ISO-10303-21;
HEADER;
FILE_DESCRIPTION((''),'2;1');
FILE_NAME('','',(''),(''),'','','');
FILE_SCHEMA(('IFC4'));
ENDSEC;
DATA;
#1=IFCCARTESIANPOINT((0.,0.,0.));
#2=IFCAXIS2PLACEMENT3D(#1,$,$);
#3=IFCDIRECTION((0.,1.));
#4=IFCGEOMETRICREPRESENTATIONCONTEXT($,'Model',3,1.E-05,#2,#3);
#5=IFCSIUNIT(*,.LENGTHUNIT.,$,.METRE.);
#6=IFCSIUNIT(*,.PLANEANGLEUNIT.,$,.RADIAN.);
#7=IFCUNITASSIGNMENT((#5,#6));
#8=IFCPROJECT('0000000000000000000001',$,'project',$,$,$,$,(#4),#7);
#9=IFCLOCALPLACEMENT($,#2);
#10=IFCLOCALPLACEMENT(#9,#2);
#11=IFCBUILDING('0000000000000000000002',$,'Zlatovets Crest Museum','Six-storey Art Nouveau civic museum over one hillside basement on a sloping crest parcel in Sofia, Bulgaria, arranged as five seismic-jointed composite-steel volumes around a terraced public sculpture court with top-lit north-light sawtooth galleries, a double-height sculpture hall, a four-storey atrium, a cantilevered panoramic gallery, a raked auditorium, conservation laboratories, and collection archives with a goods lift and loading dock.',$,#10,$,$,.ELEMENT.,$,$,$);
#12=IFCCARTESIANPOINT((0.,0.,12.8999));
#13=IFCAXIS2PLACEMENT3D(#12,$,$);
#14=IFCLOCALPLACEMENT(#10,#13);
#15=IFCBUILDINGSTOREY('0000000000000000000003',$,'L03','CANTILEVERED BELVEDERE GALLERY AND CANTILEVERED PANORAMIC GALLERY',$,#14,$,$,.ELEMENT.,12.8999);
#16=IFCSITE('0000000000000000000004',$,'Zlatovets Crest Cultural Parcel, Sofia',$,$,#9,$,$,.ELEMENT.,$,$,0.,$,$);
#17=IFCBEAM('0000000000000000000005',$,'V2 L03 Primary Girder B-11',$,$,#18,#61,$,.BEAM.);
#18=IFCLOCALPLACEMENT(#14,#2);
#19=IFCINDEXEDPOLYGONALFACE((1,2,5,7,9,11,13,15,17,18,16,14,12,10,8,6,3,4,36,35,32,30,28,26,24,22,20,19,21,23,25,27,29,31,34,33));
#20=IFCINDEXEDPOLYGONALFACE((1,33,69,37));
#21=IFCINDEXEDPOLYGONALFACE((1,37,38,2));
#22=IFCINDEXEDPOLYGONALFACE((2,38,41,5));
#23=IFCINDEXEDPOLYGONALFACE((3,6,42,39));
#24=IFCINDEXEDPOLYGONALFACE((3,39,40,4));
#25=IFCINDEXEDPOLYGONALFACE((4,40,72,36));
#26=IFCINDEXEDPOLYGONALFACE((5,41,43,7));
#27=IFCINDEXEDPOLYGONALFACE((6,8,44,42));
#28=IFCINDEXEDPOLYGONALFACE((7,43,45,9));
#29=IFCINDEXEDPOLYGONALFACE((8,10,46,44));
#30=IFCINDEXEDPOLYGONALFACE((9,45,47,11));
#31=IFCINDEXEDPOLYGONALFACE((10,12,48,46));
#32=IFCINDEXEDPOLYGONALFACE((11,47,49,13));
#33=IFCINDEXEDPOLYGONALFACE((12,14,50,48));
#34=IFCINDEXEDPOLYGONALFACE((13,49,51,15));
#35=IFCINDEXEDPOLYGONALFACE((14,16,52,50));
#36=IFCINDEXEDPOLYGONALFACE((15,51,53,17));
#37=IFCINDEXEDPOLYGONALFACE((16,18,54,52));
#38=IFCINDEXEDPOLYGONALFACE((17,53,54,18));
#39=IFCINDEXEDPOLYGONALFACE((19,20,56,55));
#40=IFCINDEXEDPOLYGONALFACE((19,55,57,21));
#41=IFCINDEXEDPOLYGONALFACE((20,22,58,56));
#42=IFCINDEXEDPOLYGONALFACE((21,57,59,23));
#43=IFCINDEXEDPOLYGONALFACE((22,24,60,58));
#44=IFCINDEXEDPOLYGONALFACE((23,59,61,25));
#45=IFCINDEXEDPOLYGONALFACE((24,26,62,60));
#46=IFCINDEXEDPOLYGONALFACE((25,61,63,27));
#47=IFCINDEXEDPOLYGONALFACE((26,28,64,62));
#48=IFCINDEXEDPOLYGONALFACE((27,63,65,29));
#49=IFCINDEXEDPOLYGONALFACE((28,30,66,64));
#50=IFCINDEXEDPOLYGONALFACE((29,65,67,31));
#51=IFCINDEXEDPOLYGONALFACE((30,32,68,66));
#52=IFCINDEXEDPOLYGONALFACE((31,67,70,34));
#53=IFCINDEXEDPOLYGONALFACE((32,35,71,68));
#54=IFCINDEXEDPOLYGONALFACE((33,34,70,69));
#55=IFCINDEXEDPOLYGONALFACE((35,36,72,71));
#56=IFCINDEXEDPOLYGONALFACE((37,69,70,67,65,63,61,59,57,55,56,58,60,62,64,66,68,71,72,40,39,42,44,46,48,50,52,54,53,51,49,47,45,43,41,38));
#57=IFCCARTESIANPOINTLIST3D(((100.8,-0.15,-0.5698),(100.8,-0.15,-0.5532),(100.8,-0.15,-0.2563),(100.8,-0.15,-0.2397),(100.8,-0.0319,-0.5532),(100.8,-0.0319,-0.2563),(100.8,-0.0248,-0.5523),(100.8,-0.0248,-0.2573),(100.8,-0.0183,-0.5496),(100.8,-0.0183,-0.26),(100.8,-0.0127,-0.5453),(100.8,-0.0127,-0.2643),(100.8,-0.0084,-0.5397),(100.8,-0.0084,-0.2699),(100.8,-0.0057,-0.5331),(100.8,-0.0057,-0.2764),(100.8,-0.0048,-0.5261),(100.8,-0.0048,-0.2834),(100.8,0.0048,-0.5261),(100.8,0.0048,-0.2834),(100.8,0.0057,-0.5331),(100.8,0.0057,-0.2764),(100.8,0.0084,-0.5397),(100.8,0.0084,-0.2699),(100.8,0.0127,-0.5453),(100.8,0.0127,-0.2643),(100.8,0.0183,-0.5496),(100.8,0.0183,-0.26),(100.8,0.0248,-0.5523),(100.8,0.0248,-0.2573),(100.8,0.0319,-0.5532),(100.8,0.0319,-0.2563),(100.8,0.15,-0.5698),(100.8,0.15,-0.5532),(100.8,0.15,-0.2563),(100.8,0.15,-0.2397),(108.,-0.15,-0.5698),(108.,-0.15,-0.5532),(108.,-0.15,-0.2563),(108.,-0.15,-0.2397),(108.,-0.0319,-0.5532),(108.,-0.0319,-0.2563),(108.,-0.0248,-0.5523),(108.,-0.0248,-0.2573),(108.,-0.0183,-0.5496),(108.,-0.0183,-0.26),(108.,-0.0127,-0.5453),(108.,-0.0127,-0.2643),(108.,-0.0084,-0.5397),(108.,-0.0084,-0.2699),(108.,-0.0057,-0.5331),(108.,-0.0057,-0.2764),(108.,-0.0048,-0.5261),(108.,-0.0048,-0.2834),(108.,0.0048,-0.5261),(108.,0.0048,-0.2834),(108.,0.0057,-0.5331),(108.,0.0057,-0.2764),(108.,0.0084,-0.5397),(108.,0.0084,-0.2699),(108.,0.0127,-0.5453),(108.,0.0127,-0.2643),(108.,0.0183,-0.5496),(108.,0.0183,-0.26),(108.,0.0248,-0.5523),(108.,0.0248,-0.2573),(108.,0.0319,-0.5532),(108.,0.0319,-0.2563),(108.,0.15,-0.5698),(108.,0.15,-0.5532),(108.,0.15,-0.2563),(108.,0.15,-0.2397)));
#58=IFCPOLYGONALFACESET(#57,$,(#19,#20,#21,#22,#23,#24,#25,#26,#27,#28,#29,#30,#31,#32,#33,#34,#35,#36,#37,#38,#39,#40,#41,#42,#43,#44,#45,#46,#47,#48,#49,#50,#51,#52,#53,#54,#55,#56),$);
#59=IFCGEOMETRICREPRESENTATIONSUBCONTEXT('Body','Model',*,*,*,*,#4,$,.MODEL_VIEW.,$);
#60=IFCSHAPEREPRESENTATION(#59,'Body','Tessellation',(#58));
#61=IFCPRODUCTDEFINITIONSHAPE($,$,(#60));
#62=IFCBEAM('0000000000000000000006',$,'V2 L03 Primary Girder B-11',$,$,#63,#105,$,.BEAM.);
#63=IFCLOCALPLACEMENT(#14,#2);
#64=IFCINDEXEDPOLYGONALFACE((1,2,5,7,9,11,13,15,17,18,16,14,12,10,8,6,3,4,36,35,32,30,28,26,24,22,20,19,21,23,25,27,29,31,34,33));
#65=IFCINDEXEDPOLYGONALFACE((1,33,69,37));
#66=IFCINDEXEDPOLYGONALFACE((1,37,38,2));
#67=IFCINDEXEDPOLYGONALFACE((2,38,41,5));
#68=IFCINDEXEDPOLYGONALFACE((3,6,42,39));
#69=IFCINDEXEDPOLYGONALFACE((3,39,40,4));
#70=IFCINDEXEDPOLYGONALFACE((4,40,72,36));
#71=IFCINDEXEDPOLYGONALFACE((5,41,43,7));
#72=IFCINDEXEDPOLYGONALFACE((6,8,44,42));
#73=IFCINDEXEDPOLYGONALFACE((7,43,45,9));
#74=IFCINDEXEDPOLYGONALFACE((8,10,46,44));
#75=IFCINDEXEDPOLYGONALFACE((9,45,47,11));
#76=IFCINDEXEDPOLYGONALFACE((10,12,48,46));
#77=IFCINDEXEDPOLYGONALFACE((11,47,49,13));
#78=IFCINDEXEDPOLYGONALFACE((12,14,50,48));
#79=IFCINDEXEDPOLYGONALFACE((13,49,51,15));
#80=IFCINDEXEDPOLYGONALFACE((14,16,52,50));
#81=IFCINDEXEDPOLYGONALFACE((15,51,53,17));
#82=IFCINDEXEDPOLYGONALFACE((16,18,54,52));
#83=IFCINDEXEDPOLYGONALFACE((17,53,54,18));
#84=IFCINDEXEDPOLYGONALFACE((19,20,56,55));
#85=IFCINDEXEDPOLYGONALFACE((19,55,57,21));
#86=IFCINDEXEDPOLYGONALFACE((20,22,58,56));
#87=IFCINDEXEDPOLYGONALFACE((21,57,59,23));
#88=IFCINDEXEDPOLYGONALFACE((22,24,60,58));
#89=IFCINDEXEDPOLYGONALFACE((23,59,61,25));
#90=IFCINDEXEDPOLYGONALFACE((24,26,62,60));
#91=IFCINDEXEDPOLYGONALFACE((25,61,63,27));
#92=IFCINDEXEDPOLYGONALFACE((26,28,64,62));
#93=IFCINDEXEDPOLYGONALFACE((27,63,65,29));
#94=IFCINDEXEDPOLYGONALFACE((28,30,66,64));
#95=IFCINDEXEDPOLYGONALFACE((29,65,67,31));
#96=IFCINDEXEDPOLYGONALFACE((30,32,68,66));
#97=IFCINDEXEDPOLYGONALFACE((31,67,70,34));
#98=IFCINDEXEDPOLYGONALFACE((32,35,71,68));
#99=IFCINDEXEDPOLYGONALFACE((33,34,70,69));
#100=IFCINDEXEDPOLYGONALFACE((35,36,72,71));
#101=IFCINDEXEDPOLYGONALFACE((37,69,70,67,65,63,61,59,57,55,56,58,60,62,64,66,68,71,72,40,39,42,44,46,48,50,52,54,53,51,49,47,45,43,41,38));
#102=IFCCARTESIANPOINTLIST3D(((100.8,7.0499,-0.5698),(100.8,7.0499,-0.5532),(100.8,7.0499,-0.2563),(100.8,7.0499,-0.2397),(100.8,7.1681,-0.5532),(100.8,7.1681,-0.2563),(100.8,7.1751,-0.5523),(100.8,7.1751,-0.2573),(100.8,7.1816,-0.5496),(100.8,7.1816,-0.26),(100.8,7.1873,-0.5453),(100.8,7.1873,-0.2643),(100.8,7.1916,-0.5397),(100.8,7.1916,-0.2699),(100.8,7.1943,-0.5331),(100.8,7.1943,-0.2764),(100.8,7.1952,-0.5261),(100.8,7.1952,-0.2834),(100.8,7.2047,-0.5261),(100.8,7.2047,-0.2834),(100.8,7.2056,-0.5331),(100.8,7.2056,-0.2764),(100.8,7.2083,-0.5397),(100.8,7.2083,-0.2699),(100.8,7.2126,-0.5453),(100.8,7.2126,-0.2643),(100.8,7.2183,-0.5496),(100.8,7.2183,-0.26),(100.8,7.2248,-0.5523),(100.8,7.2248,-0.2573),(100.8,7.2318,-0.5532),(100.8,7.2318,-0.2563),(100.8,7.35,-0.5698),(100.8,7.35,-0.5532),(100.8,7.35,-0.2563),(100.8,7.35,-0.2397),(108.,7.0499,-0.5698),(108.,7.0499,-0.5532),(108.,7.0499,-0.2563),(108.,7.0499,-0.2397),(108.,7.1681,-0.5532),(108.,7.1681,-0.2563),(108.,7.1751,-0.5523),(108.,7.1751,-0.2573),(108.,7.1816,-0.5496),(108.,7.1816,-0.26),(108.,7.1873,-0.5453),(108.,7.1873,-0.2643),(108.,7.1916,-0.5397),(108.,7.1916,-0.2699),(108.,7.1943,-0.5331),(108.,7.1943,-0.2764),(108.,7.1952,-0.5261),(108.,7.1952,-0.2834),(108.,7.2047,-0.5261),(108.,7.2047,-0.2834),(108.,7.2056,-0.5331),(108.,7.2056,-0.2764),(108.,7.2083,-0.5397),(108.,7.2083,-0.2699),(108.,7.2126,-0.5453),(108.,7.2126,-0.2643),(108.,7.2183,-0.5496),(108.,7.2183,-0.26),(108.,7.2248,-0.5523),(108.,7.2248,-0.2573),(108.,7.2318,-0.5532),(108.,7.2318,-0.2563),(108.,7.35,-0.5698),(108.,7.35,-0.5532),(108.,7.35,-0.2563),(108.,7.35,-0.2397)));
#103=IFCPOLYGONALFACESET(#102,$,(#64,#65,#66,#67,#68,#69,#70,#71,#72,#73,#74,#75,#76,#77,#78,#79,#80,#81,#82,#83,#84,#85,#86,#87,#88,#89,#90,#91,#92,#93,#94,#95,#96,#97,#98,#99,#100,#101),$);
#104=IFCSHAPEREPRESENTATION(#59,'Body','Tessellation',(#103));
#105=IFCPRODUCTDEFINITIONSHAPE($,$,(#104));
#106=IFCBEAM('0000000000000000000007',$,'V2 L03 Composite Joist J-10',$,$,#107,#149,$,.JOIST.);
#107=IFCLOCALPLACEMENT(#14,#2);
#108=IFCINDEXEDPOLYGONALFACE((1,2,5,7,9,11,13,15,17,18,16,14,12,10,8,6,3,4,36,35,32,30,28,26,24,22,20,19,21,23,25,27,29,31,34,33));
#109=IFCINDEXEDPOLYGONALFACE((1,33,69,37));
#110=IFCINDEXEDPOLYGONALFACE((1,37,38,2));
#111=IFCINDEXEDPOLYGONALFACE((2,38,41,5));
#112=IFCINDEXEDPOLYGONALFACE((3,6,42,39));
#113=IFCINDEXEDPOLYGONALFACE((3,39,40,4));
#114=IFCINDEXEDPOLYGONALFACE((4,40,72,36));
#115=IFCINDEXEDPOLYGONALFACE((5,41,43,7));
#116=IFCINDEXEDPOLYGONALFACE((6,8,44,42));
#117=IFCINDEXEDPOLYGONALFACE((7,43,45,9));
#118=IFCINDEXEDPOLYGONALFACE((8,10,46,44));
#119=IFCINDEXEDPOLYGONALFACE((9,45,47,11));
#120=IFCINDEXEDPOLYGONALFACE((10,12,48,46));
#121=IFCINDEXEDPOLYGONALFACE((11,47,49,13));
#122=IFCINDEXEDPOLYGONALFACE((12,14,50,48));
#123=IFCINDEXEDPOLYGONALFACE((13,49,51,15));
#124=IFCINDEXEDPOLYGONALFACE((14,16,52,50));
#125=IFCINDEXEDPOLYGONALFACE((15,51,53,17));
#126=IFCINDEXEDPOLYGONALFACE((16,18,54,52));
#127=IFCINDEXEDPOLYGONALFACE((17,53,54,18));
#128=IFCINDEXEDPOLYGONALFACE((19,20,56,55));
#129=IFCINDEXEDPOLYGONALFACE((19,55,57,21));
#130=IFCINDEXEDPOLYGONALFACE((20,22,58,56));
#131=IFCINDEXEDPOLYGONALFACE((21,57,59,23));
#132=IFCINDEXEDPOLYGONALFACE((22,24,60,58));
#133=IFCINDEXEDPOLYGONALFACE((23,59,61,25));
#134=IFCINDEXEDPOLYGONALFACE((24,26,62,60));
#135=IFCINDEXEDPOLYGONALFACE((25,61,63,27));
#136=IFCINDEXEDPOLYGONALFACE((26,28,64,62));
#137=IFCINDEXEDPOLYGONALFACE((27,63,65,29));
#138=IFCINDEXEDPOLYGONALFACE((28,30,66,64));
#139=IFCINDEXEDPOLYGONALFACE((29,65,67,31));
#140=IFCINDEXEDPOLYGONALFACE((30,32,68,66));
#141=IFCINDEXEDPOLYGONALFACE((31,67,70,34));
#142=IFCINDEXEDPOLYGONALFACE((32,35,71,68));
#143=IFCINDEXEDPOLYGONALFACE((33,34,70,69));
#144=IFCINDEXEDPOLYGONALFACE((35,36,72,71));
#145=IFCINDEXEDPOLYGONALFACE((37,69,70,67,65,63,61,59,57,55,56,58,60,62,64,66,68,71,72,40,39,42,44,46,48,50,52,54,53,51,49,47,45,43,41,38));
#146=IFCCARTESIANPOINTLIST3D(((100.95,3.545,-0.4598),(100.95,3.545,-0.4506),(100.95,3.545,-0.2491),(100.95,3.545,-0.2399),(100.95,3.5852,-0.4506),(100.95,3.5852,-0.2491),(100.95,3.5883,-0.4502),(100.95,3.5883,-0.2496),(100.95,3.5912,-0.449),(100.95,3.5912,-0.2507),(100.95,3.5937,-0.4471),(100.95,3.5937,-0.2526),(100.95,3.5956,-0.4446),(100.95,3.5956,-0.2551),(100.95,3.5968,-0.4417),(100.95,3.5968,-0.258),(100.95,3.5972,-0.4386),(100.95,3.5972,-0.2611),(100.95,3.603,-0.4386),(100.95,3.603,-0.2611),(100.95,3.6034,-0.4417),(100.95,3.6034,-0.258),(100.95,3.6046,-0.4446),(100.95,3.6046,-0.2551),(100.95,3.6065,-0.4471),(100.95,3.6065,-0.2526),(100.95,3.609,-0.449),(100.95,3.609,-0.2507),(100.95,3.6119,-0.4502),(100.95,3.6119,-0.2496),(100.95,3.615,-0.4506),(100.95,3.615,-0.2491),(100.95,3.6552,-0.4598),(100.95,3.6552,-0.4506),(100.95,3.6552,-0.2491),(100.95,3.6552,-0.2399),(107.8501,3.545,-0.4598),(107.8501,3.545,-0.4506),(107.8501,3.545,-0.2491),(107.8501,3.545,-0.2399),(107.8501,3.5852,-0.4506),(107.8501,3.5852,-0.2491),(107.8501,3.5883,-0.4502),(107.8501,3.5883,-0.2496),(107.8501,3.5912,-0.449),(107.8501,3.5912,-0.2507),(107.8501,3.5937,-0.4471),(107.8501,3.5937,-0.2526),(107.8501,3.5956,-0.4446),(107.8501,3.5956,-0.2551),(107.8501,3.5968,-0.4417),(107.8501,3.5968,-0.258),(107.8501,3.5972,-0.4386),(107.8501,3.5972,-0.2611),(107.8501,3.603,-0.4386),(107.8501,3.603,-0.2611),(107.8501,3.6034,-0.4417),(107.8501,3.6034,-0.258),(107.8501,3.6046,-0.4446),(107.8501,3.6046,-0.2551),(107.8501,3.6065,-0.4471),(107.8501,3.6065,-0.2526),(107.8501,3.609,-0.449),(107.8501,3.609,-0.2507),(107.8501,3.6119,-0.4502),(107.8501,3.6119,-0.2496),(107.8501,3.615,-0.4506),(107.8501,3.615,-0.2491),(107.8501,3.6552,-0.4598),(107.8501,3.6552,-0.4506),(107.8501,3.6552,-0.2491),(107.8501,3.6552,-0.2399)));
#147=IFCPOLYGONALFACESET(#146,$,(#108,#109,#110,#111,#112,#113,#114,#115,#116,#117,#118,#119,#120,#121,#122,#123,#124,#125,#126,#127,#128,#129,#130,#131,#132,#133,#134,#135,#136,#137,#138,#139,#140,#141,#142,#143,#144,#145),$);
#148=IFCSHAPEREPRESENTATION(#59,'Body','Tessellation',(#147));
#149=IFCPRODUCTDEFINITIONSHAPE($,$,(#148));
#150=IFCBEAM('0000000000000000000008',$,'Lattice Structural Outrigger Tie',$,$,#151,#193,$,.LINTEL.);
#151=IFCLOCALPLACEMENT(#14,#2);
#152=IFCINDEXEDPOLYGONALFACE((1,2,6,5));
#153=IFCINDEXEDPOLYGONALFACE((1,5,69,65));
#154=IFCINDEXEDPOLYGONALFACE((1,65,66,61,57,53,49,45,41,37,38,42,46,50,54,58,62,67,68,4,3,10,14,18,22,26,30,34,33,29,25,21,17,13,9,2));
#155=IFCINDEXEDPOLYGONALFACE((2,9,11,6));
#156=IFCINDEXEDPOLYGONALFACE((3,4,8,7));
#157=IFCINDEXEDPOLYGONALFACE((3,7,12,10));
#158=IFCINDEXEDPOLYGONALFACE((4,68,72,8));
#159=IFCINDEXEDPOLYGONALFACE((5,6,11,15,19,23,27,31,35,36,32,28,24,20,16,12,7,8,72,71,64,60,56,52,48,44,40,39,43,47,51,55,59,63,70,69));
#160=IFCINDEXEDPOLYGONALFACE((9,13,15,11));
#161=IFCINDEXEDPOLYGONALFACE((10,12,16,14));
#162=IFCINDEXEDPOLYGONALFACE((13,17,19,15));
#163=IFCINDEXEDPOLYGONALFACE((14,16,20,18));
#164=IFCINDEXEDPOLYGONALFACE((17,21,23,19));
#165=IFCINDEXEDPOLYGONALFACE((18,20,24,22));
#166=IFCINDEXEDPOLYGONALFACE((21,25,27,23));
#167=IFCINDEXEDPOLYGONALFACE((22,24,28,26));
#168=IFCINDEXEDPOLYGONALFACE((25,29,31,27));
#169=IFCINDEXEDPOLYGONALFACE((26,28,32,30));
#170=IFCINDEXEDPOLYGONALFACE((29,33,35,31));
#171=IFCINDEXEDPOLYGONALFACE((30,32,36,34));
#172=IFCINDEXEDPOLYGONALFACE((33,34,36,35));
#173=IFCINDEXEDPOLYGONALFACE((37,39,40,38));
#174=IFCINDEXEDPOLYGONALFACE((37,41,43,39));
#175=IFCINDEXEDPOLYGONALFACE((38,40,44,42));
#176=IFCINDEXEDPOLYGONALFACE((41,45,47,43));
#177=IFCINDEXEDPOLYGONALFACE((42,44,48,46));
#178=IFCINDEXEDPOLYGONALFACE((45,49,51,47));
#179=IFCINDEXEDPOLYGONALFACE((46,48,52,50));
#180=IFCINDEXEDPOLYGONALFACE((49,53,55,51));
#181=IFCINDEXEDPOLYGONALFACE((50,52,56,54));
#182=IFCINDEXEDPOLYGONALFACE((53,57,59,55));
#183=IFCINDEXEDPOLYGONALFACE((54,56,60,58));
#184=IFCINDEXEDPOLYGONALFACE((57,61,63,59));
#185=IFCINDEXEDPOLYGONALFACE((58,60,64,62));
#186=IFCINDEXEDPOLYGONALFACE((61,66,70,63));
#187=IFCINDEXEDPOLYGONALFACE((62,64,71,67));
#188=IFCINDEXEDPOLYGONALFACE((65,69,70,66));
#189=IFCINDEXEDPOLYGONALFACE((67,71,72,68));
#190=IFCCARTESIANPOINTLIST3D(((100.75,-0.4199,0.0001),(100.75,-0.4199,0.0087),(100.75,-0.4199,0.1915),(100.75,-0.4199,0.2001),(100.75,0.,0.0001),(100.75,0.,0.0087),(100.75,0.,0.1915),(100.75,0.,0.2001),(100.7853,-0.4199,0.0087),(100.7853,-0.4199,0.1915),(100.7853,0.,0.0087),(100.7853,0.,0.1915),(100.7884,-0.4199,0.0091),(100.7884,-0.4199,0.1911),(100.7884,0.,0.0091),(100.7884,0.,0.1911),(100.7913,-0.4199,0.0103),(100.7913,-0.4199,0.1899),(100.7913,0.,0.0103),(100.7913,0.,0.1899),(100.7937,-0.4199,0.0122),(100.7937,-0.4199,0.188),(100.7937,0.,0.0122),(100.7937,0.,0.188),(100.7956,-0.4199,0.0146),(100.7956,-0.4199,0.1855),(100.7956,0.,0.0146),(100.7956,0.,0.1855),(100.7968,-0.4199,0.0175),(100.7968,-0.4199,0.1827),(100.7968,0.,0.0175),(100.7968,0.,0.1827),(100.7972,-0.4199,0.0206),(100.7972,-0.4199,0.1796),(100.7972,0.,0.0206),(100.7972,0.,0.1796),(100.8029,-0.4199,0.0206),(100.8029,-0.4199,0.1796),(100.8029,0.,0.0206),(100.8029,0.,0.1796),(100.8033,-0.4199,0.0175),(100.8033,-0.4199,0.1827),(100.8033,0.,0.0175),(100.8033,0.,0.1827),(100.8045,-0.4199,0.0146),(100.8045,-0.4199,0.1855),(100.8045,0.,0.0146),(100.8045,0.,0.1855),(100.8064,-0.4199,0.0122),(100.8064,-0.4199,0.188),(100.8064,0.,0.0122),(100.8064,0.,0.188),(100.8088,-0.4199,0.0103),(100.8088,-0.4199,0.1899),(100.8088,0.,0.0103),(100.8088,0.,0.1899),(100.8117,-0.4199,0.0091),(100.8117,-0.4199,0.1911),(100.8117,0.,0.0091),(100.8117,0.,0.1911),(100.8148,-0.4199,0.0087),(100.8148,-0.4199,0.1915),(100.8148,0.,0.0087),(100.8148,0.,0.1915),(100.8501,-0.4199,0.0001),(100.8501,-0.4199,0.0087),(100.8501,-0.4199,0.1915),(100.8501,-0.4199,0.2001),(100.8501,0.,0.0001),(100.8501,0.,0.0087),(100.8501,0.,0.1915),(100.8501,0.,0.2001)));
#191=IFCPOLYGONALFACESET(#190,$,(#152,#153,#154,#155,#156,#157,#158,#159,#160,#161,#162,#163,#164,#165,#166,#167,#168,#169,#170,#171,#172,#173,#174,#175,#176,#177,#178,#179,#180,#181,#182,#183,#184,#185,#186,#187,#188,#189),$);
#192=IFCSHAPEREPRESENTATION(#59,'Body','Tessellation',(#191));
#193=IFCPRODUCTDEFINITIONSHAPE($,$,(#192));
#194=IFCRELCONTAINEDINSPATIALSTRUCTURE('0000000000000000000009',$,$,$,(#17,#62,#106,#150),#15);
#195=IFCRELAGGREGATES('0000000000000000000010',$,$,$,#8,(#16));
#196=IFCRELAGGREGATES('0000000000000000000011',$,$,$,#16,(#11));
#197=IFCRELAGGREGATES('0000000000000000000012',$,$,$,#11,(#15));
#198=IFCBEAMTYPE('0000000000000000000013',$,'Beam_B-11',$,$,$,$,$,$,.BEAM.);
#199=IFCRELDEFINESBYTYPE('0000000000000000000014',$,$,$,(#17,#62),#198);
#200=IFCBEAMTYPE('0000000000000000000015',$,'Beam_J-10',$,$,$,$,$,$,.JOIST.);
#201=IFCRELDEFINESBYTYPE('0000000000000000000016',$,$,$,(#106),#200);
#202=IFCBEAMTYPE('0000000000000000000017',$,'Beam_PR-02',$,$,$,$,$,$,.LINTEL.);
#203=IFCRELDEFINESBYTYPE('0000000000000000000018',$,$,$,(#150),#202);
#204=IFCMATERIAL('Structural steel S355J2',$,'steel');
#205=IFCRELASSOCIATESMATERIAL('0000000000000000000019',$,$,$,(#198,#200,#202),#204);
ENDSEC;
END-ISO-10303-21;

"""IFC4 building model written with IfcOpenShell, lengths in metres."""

from ifc_helpers import new_model, si_unit, direction, frame, origin, origin_2d, place, context, subcontext, project, spatial, i_section, extrude, material, material_profile, profile_set, type_object, element, save


model = new_model("IFC4")

# Units and contexts
model_context = context("Model", 3, precision=1e-05, world=origin(), true_north=direction((0.0, 1.0)))
body_context = subcontext(model_context, "Body", "Model", "MODEL_VIEW")
ifc_project = project(units=[si_unit("LENGTHUNIT", "METRE"), si_unit("PLANEANGLEUNIT", "RADIAN")], contexts=[model_context])

# Site, building, storey
site_placement = place(None, origin())
site = spatial("IfcSite", under=ifc_project, at=site_placement, Name="Zlatovets Crest Cultural Parcel, Sofia", CompositionType="ELEMENT", RefElevation=0.0)
building_placement = place(site_placement, origin())
building = spatial("IfcBuilding", under=site, at=building_placement, Name="Zlatovets Crest Museum", Description="Six-storey Art Nouveau civic museum over one hillside basement on a sloping crest parcel in Sofia, Bulgaria, arranged as five seismic-jointed composite-steel volumes around a terraced public sculpture court with top-lit north-light sawtooth galleries, a double-height sculpture hall, a four-storey atrium, a cantilevered panoramic gallery, a raked auditorium, conservation laboratories, and collection archives with a goods lift and loading dock.", CompositionType="ELEMENT")
storey_placement = place(building_placement, frame((0.0, 0.0, 12.8999)))
storey = spatial("IfcBuildingStorey", under=building, at=storey_placement, Name="L03", Description="CANTILEVERED BELVEDERE GALLERY AND CANTILEVERED PANORAMIC GALLERY", CompositionType="ELEMENT", Elevation=12.8999)

# Shared definitions
ifc_material_1 = material(Name="Structural steel S355J2", Category="steel")

# Beams
ifc_material_profile_1 = material_profile(ifc_material_1, i_section(OverallWidth=0.3, OverallDepth=0.3301, WebThickness=0.0095, FlangeThickness=0.0166, FilletRadius=0.0271, at=origin_2d()), Name="HEA 340")
ifc_profile_set_1 = profile_set([ifc_material_profile_1], Name="Structural steel S355J2")
beam_type_1 = type_object("IfcBeamType", Name="Beam_B-11", PredefinedType="BEAM", material=ifc_profile_set_1)
for number, where, z_axis, x_axis, name in (
    (1, (100.8, 0.0, -0.4048), (1.0, 0.0, 0.0), (0.0, 1.0, 0.0), "V2 L03 Primary Girder B-11"),
    (2, (100.8, 7.2, -0.4048), (1.0, 0.0, 0.0), (0.0, 1.0, 0.0), "V2 L03 Primary Girder B-11"),
):
    element("IfcBeam", number, at=place(storey_placement, frame(where, z_axis=z_axis, x_axis=x_axis)), inside=storey, type_object=beam_type_1, Name=name, PredefinedType="BEAM", context=body_context, shape_type="SweptSolid", body=[
        extrude(i_section(OverallWidth=0.3, OverallDepth=0.3301, WebThickness=0.0095, FlangeThickness=0.0166, FilletRadius=0.0271, at=origin_2d()), origin(), (0.0, 0.0, 1.0), 7.2),
    ])
ifc_material_profile_2 = material_profile(ifc_material_1, i_section(OverallWidth=0.1101, OverallDepth=0.22, WebThickness=0.0059, FlangeThickness=0.0093, FilletRadius=0.012, at=origin_2d()), Name="IPE 220")
ifc_profile_set_2 = profile_set([ifc_material_profile_2], Name="Structural steel S355J2")
beam_type_2 = type_object("IfcBeamType", Name="Beam_J-10", PredefinedType="JOIST", material=ifc_profile_set_2)
beam_placement = place(storey_placement, frame((100.95, 3.6001, -0.3499), z_axis=(1.0, 0.0, 0.0), x_axis=(0.0, 1.0, 0.0)))
element("IfcBeam", 3, at=beam_placement, inside=storey, type_object=beam_type_2, Name="V2 L03 Composite Joist J-10", PredefinedType="JOIST", context=body_context, shape_type="SweptSolid", body=[
    extrude(i_section(OverallWidth=0.1101, OverallDepth=0.22, WebThickness=0.0059, FlangeThickness=0.0093, FilletRadius=0.012, at=origin_2d()), origin(), (0.0, 0.0, 1.0), 6.9001),
])
ifc_material_profile_3 = material_profile(ifc_material_1, i_section(OverallWidth=0.1001, OverallDepth=0.2, WebThickness=0.0056, FlangeThickness=0.0085, FilletRadius=0.012, at=origin_2d()), Name="IPE 200")
ifc_profile_set_3 = profile_set([ifc_material_profile_3], Name="Structural steel S355J2")
beam_type_3 = type_object("IfcBeamType", Name="Beam_PR-02", PredefinedType="LINTEL", material=ifc_profile_set_3)
for number, where, z_axis, x_axis, name in (
    (4, (100.8, 0.0, 0.1001), (0.0, -1.0, 0.0), (1.0, 0.0, 0.0), "Lattice Structural Outrigger Tie"),
):
    element("IfcBeam", number, at=place(storey_placement, frame(where, z_axis=z_axis, x_axis=x_axis)), inside=storey, type_object=beam_type_3, Name=name, PredefinedType="LINTEL", context=body_context, shape_type="SweptSolid", body=[
        extrude(i_section(OverallWidth=0.1001, OverallDepth=0.2, WebThickness=0.0056, FlangeThickness=0.0085, FilletRadius=0.012, at=origin_2d()), origin(), (0.0, 0.0, 1.0), 0.4199),
    ])

save(model, "model.ifc")
